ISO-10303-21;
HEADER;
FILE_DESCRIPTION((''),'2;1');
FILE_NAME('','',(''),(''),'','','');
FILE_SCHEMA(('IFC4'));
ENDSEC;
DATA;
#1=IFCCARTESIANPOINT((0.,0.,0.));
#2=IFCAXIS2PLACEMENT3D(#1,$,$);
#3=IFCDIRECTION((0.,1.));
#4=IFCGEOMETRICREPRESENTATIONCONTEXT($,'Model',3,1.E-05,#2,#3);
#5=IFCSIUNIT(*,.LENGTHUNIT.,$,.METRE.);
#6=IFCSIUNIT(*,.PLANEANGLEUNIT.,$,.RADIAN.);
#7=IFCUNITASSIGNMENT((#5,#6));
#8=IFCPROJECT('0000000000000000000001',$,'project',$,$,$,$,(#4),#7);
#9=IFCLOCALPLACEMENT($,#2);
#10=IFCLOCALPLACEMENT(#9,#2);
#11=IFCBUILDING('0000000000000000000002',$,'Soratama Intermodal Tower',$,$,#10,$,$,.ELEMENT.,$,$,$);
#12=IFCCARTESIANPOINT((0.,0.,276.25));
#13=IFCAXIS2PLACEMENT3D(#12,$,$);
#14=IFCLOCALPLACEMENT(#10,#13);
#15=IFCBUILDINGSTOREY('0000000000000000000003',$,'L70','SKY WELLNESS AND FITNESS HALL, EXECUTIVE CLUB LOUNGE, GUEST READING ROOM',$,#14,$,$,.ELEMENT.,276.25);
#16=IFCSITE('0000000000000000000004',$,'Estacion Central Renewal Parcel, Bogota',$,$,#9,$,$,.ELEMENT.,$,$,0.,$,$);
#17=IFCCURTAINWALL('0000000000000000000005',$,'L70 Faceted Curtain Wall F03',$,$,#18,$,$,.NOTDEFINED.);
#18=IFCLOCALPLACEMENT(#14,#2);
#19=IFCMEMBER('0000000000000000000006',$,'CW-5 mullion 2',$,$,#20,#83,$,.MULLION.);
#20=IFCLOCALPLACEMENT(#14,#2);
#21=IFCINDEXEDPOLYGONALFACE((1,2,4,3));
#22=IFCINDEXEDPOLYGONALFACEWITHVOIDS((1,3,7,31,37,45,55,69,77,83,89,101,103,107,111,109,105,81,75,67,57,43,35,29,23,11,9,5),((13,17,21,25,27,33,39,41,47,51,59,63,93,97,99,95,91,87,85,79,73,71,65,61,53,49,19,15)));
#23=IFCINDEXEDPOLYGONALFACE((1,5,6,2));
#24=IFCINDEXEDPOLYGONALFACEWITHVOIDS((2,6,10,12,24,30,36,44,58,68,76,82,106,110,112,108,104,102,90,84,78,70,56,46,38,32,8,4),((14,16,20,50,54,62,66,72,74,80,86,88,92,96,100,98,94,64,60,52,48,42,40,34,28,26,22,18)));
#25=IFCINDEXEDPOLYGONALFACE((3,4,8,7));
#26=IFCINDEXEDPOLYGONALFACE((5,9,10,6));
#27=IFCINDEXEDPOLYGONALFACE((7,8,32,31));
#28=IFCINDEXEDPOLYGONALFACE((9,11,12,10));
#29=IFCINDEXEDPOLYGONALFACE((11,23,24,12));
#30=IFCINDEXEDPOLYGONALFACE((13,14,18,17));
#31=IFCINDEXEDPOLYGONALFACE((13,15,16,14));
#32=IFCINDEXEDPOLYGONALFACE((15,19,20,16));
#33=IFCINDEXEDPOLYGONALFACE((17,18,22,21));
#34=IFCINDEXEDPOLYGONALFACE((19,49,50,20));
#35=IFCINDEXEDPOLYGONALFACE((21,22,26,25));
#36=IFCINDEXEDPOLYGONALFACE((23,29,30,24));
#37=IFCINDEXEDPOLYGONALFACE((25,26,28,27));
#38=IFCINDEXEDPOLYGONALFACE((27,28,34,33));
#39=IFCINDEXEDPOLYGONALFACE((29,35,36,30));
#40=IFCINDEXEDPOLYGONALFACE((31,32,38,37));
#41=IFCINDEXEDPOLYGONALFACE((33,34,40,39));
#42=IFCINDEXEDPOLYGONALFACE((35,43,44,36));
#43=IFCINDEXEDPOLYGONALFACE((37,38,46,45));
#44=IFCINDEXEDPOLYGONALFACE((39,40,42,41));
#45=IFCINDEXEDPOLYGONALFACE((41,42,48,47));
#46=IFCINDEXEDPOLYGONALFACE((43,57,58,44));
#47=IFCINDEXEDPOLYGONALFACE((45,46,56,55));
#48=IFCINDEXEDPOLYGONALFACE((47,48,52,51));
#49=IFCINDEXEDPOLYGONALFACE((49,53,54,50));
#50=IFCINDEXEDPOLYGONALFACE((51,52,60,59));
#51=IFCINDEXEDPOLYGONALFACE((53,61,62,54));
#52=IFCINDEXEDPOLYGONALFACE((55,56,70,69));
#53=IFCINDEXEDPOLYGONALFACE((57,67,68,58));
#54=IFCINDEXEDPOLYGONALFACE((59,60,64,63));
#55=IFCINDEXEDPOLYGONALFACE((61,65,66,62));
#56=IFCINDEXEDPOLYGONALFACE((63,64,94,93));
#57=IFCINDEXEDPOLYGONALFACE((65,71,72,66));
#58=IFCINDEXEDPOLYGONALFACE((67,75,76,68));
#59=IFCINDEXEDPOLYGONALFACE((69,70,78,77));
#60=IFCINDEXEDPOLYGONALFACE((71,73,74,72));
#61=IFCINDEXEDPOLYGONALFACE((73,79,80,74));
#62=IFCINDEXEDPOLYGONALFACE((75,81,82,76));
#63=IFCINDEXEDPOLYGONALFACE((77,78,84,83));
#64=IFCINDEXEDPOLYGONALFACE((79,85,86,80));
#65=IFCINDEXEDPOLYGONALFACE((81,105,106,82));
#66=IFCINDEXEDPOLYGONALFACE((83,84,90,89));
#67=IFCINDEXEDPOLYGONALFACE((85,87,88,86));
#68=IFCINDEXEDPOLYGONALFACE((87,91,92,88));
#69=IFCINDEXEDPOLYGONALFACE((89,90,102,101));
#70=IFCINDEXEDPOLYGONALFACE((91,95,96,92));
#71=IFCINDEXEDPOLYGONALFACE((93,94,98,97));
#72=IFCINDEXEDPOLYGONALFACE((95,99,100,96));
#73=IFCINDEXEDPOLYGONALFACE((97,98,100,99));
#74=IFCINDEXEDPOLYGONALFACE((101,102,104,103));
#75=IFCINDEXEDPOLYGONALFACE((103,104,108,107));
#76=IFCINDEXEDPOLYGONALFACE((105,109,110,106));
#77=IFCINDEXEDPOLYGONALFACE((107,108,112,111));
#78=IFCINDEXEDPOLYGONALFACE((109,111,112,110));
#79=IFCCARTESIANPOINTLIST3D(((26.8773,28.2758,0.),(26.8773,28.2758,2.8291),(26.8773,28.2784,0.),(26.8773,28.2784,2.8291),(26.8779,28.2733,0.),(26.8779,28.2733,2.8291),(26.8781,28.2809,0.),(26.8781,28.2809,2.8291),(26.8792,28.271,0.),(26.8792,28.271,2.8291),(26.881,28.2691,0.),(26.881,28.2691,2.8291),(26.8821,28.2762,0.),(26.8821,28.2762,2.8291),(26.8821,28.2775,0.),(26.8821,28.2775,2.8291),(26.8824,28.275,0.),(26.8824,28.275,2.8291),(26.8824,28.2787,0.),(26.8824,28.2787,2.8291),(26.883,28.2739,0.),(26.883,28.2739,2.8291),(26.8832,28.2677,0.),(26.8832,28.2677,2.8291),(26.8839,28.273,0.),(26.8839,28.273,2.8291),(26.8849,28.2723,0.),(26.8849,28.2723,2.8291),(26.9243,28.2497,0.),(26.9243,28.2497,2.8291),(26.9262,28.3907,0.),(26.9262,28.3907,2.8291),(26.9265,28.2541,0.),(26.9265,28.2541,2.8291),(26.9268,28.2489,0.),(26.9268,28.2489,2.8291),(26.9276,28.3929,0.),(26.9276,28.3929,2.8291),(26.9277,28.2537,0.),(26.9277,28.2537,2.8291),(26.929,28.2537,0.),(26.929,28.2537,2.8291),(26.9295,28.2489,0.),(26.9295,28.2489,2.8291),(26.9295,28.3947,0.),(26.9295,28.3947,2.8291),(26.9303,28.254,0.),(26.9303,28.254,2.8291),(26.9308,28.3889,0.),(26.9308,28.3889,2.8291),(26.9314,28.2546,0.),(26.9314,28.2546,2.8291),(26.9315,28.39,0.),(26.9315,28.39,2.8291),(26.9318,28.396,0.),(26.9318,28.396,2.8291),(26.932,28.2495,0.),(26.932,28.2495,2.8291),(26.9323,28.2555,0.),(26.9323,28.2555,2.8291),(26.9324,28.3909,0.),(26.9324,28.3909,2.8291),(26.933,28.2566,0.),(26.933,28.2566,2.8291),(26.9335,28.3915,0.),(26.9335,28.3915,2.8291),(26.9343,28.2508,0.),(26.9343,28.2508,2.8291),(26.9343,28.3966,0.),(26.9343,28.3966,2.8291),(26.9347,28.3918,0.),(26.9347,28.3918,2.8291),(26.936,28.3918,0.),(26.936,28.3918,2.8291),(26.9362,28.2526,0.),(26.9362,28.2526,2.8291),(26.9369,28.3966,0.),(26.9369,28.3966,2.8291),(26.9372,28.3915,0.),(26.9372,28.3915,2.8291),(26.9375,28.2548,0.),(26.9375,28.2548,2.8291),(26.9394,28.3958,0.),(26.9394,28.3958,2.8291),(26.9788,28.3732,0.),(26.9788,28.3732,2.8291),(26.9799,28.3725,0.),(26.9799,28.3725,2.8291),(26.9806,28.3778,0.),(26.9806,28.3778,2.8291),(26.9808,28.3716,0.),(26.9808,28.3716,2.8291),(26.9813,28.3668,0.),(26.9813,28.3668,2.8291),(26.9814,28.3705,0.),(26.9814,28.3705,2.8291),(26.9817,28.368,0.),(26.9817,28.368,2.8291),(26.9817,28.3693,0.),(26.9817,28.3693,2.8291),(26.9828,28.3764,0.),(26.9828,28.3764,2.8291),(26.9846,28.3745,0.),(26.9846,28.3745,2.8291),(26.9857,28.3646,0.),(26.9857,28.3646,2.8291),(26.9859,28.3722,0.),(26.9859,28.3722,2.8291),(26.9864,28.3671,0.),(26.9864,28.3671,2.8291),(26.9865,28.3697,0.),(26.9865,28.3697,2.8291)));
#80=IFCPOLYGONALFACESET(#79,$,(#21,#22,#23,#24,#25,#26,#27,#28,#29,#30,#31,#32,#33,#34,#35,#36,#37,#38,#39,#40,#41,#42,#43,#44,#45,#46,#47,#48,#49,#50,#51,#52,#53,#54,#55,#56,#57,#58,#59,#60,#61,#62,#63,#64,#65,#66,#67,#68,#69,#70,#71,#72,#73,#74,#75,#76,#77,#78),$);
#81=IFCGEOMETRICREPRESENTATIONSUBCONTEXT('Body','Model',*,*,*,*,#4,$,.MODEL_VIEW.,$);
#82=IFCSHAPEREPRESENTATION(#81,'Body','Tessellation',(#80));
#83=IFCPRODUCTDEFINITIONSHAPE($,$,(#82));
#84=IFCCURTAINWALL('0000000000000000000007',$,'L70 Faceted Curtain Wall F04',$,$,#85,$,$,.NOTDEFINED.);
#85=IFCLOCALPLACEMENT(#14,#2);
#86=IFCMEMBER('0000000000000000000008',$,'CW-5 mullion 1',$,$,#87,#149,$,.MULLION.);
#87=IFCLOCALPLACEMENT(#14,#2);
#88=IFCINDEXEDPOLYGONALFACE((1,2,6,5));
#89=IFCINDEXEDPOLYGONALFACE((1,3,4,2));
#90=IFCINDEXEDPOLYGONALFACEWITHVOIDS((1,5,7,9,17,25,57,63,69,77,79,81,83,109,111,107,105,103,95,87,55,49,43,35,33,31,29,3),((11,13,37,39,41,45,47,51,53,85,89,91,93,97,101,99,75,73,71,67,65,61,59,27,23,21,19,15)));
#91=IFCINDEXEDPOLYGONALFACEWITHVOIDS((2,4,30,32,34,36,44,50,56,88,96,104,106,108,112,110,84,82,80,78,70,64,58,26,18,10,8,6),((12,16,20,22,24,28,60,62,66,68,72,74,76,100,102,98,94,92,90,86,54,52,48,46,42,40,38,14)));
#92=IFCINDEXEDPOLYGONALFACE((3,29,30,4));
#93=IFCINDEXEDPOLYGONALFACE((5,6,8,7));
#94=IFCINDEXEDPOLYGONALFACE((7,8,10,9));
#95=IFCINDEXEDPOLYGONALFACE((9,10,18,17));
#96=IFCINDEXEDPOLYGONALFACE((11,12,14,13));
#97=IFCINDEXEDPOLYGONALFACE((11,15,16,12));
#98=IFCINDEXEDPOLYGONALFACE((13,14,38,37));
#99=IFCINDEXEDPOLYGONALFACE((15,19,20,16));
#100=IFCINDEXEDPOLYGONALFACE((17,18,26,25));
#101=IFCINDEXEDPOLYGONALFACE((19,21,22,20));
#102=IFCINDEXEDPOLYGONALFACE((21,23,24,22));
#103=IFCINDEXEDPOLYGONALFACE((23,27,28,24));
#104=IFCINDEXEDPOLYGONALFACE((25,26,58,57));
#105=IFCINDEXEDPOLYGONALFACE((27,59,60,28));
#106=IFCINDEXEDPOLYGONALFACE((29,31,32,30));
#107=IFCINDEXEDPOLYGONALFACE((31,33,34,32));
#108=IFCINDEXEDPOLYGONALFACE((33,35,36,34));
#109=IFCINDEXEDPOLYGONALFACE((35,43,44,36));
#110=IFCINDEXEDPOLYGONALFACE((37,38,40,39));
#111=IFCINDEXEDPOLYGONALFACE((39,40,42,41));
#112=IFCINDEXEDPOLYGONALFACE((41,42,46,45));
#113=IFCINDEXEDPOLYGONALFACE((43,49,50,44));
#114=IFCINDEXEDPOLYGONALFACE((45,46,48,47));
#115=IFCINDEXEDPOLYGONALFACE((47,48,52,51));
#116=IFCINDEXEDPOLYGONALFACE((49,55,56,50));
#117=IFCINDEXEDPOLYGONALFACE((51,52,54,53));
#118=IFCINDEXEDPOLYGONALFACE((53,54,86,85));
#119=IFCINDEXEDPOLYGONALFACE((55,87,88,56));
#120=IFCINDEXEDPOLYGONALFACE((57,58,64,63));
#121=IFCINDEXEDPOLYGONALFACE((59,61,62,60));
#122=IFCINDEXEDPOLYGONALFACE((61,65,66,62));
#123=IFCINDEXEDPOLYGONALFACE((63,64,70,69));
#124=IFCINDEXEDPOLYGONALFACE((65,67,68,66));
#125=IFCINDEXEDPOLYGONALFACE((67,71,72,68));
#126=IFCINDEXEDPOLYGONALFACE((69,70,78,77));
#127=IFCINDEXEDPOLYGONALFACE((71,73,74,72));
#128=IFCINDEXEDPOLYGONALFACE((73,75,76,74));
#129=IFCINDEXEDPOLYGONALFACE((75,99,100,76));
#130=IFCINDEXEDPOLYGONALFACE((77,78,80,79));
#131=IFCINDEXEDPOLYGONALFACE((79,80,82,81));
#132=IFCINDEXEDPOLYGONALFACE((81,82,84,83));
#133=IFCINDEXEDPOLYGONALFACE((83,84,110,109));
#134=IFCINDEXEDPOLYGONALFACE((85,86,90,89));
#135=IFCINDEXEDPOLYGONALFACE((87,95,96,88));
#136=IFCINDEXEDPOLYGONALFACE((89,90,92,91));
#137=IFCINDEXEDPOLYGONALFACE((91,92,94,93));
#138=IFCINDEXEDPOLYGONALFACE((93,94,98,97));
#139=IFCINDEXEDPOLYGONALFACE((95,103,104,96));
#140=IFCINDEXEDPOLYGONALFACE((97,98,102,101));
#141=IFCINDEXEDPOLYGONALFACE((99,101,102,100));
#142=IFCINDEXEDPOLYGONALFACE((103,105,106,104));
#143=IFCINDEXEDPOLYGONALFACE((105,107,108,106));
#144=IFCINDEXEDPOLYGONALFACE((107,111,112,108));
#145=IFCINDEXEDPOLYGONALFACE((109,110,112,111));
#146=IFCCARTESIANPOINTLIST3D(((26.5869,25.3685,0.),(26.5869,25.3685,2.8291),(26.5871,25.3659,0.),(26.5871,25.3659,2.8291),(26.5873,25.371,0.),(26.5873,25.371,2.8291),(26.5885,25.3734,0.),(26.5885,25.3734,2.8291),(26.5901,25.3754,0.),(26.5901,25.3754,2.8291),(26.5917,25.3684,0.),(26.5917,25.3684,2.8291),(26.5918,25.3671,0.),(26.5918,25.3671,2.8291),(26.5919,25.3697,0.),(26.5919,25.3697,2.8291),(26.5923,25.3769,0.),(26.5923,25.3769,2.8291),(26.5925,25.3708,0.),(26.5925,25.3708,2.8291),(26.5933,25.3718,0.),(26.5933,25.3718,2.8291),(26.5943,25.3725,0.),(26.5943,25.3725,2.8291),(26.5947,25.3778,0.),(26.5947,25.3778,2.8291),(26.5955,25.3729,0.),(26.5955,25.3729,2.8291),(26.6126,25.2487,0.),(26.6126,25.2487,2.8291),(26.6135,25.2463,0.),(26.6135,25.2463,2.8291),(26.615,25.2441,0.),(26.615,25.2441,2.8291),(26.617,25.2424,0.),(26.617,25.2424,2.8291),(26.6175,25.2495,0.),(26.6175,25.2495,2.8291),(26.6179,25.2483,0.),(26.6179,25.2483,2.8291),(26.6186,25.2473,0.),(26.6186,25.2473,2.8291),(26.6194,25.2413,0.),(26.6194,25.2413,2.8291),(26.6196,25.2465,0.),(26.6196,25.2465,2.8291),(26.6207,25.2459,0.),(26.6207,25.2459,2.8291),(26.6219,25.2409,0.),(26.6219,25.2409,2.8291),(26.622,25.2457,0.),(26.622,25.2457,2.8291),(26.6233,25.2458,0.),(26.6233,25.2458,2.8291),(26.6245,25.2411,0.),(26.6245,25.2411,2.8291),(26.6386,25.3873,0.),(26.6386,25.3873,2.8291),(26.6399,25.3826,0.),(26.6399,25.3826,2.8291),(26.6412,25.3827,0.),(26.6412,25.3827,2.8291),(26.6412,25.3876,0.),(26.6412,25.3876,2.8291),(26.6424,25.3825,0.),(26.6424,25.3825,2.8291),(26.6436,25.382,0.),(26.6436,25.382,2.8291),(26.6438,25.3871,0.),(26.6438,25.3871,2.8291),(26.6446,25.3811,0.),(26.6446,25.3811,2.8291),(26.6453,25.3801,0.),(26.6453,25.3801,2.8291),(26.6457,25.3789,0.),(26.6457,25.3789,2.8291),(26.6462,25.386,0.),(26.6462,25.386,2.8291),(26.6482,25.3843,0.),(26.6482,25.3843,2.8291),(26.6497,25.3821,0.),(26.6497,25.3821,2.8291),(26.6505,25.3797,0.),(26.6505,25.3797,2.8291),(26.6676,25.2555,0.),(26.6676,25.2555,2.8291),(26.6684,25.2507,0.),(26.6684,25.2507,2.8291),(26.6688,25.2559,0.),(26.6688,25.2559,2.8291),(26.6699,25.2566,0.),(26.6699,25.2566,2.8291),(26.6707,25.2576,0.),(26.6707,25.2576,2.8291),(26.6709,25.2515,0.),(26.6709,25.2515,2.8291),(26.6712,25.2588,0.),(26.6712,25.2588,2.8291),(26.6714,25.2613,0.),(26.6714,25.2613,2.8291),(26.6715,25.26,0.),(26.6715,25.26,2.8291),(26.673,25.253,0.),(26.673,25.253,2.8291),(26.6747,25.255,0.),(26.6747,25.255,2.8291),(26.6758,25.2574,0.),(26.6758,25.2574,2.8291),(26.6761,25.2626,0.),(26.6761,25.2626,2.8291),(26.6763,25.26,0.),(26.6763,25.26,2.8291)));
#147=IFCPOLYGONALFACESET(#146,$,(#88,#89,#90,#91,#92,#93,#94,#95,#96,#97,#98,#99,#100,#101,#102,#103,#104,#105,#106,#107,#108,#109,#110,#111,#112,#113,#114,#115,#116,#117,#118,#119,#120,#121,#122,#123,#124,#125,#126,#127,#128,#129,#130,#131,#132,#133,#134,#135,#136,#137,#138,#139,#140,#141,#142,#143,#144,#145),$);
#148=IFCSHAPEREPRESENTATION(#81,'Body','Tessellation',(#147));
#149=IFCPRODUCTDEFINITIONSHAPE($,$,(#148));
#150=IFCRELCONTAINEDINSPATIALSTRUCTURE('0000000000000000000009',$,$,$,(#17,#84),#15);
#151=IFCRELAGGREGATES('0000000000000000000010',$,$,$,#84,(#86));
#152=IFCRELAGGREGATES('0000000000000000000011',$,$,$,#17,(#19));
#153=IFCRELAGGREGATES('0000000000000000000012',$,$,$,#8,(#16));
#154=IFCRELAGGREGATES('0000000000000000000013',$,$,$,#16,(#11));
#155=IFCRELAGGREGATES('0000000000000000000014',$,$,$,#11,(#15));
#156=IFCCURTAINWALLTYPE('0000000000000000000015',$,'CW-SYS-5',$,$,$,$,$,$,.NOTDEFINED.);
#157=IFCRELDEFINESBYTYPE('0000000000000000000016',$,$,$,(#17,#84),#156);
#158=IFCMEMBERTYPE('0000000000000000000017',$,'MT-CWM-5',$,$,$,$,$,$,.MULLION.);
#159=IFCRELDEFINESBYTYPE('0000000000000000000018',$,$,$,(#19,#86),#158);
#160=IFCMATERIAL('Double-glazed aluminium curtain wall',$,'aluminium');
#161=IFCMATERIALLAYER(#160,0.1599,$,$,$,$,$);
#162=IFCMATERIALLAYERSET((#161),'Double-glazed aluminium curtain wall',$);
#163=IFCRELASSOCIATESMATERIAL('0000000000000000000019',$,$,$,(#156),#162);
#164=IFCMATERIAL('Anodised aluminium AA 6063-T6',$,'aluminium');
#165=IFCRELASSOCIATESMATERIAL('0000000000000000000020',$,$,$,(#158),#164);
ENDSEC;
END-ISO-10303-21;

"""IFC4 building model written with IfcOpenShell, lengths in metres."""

from ifc_helpers import new_model, si_unit, direction, frame, origin, origin_2d, place, context, subcontext, project, spatial, hollow_rectangle, extrude, material, layer, layer_set, material_profile, profile_set, type_object, element, aggregate, save


model = new_model("IFC4")

# Units and contexts
model_context = context("Model", 3, precision=1e-05, world=origin(), true_north=direction((0.0, 1.0)))
body_context = subcontext(model_context, "Body", "Model", "MODEL_VIEW")
ifc_project = project(units=[si_unit("LENGTHUNIT", "METRE"), si_unit("PLANEANGLEUNIT", "RADIAN")], contexts=[model_context])

# Site, building, storey
site_placement = place(None, origin())
site = spatial("IfcSite", under=ifc_project, at=site_placement, Name="Estacion Central Renewal Parcel, Bogota", CompositionType="ELEMENT", RefElevation=0.0)
building_placement = place(site_placement, origin())
building = spatial("IfcBuilding", under=site, at=building_placement, Name="Soratama Intermodal Tower", CompositionType="ELEMENT")
storey_placement = place(building_placement, frame((0.0, 0.0, 276.25)))
storey = spatial("IfcBuildingStorey", under=building, at=storey_placement, Name="L70", Description="SKY WELLNESS AND FITNESS HALL, EXECUTIVE CLUB LOUNGE, GUEST READING ROOM", CompositionType="ELEMENT", Elevation=276.25)

# Curtain wall, member
ifc_material_1 = material(Name="Double-glazed aluminium curtain wall", Category="aluminium")
ifc_layer_1 = layer(ifc_material_1, 0.1599)
ifc_layer_set_1 = layer_set([ifc_layer_1], Name="Double-glazed aluminium curtain wall")
curtain_wall_type = type_object("IfcCurtainWallType", Name="CW-SYS-5", PredefinedType="NOTDEFINED", material=ifc_layer_set_1)
curtain_wall_1_placement = place(storey_placement, origin())
curtain_wall_1 = element("IfcCurtainWall", 1, at=curtain_wall_1_placement, inside=storey, type_object=curtain_wall_type, Name="L70 Faceted Curtain Wall F03", PredefinedType="NOTDEFINED")
ifc_material_2 = material(Name="Anodised aluminium AA 6063-T6", Category="aluminium")
ifc_material_profile_1 = material_profile(ifc_material_2, hollow_rectangle(XDim=0.0649, YDim=0.1399, WallThickness=0.0049, InnerFilletRadius=0.0049, OuterFilletRadius=0.01, at=origin_2d()), Name="CWM140X65X5")
ifc_profile_set_1 = profile_set([ifc_material_profile_1], Name="Anodised aluminium AA 6063-T6")
member_type_1 = type_object("IfcMemberType", Name="MT-CWM-5", PredefinedType="MULLION", material=ifc_profile_set_1)
member_1_placement = place(storey_placement, frame((26.9319, 28.3228, 0.0), z_axis=(0.0, 0.0, 1.0), x_axis=(0.915661, -0.401952, 0.0)))
member_1 = element("IfcMember", 2, at=member_1_placement, type_object=member_type_1, Name="CW-5 mullion 2", PredefinedType="MULLION", context=body_context, shape_type="SweptSolid", body=[
    extrude(hollow_rectangle(XDim=0.0649, YDim=0.1399, WallThickness=0.0049, InnerFilletRadius=0.0049, OuterFilletRadius=0.01, at=origin_2d()), origin(), (0.0, 0.0, 1.0), 2.8291),
])

# Curtain wall, member
curtain_wall_2_placement = place(storey_placement, origin())
curtain_wall_2 = element("IfcCurtainWall", 3, at=curtain_wall_2_placement, inside=storey, type_object=curtain_wall_type, Name="L70 Faceted Curtain Wall F04", PredefinedType="NOTDEFINED")
member_2_placement = place(storey_placement, frame((26.6316, 25.3142, 0.0), z_axis=(0.0, 0.0, 1.0), x_axis=(0.977046, 0.213028, 0.0)))
member_2 = element("IfcMember", 4, at=member_2_placement, type_object=member_type_1, Name="CW-5 mullion 1", PredefinedType="MULLION", context=body_context, shape_type="SweptSolid", body=[
    extrude(hollow_rectangle(XDim=0.0649, YDim=0.1399, WallThickness=0.0049, InnerFilletRadius=0.0049, OuterFilletRadius=0.01, at=origin_2d()), origin(), (0.0, 0.0, 1.0), 2.8291),
])
aggregate(curtain_wall_2, [member_2])

aggregate(curtain_wall_1, [member_1])

save(model, "model.ifc")
